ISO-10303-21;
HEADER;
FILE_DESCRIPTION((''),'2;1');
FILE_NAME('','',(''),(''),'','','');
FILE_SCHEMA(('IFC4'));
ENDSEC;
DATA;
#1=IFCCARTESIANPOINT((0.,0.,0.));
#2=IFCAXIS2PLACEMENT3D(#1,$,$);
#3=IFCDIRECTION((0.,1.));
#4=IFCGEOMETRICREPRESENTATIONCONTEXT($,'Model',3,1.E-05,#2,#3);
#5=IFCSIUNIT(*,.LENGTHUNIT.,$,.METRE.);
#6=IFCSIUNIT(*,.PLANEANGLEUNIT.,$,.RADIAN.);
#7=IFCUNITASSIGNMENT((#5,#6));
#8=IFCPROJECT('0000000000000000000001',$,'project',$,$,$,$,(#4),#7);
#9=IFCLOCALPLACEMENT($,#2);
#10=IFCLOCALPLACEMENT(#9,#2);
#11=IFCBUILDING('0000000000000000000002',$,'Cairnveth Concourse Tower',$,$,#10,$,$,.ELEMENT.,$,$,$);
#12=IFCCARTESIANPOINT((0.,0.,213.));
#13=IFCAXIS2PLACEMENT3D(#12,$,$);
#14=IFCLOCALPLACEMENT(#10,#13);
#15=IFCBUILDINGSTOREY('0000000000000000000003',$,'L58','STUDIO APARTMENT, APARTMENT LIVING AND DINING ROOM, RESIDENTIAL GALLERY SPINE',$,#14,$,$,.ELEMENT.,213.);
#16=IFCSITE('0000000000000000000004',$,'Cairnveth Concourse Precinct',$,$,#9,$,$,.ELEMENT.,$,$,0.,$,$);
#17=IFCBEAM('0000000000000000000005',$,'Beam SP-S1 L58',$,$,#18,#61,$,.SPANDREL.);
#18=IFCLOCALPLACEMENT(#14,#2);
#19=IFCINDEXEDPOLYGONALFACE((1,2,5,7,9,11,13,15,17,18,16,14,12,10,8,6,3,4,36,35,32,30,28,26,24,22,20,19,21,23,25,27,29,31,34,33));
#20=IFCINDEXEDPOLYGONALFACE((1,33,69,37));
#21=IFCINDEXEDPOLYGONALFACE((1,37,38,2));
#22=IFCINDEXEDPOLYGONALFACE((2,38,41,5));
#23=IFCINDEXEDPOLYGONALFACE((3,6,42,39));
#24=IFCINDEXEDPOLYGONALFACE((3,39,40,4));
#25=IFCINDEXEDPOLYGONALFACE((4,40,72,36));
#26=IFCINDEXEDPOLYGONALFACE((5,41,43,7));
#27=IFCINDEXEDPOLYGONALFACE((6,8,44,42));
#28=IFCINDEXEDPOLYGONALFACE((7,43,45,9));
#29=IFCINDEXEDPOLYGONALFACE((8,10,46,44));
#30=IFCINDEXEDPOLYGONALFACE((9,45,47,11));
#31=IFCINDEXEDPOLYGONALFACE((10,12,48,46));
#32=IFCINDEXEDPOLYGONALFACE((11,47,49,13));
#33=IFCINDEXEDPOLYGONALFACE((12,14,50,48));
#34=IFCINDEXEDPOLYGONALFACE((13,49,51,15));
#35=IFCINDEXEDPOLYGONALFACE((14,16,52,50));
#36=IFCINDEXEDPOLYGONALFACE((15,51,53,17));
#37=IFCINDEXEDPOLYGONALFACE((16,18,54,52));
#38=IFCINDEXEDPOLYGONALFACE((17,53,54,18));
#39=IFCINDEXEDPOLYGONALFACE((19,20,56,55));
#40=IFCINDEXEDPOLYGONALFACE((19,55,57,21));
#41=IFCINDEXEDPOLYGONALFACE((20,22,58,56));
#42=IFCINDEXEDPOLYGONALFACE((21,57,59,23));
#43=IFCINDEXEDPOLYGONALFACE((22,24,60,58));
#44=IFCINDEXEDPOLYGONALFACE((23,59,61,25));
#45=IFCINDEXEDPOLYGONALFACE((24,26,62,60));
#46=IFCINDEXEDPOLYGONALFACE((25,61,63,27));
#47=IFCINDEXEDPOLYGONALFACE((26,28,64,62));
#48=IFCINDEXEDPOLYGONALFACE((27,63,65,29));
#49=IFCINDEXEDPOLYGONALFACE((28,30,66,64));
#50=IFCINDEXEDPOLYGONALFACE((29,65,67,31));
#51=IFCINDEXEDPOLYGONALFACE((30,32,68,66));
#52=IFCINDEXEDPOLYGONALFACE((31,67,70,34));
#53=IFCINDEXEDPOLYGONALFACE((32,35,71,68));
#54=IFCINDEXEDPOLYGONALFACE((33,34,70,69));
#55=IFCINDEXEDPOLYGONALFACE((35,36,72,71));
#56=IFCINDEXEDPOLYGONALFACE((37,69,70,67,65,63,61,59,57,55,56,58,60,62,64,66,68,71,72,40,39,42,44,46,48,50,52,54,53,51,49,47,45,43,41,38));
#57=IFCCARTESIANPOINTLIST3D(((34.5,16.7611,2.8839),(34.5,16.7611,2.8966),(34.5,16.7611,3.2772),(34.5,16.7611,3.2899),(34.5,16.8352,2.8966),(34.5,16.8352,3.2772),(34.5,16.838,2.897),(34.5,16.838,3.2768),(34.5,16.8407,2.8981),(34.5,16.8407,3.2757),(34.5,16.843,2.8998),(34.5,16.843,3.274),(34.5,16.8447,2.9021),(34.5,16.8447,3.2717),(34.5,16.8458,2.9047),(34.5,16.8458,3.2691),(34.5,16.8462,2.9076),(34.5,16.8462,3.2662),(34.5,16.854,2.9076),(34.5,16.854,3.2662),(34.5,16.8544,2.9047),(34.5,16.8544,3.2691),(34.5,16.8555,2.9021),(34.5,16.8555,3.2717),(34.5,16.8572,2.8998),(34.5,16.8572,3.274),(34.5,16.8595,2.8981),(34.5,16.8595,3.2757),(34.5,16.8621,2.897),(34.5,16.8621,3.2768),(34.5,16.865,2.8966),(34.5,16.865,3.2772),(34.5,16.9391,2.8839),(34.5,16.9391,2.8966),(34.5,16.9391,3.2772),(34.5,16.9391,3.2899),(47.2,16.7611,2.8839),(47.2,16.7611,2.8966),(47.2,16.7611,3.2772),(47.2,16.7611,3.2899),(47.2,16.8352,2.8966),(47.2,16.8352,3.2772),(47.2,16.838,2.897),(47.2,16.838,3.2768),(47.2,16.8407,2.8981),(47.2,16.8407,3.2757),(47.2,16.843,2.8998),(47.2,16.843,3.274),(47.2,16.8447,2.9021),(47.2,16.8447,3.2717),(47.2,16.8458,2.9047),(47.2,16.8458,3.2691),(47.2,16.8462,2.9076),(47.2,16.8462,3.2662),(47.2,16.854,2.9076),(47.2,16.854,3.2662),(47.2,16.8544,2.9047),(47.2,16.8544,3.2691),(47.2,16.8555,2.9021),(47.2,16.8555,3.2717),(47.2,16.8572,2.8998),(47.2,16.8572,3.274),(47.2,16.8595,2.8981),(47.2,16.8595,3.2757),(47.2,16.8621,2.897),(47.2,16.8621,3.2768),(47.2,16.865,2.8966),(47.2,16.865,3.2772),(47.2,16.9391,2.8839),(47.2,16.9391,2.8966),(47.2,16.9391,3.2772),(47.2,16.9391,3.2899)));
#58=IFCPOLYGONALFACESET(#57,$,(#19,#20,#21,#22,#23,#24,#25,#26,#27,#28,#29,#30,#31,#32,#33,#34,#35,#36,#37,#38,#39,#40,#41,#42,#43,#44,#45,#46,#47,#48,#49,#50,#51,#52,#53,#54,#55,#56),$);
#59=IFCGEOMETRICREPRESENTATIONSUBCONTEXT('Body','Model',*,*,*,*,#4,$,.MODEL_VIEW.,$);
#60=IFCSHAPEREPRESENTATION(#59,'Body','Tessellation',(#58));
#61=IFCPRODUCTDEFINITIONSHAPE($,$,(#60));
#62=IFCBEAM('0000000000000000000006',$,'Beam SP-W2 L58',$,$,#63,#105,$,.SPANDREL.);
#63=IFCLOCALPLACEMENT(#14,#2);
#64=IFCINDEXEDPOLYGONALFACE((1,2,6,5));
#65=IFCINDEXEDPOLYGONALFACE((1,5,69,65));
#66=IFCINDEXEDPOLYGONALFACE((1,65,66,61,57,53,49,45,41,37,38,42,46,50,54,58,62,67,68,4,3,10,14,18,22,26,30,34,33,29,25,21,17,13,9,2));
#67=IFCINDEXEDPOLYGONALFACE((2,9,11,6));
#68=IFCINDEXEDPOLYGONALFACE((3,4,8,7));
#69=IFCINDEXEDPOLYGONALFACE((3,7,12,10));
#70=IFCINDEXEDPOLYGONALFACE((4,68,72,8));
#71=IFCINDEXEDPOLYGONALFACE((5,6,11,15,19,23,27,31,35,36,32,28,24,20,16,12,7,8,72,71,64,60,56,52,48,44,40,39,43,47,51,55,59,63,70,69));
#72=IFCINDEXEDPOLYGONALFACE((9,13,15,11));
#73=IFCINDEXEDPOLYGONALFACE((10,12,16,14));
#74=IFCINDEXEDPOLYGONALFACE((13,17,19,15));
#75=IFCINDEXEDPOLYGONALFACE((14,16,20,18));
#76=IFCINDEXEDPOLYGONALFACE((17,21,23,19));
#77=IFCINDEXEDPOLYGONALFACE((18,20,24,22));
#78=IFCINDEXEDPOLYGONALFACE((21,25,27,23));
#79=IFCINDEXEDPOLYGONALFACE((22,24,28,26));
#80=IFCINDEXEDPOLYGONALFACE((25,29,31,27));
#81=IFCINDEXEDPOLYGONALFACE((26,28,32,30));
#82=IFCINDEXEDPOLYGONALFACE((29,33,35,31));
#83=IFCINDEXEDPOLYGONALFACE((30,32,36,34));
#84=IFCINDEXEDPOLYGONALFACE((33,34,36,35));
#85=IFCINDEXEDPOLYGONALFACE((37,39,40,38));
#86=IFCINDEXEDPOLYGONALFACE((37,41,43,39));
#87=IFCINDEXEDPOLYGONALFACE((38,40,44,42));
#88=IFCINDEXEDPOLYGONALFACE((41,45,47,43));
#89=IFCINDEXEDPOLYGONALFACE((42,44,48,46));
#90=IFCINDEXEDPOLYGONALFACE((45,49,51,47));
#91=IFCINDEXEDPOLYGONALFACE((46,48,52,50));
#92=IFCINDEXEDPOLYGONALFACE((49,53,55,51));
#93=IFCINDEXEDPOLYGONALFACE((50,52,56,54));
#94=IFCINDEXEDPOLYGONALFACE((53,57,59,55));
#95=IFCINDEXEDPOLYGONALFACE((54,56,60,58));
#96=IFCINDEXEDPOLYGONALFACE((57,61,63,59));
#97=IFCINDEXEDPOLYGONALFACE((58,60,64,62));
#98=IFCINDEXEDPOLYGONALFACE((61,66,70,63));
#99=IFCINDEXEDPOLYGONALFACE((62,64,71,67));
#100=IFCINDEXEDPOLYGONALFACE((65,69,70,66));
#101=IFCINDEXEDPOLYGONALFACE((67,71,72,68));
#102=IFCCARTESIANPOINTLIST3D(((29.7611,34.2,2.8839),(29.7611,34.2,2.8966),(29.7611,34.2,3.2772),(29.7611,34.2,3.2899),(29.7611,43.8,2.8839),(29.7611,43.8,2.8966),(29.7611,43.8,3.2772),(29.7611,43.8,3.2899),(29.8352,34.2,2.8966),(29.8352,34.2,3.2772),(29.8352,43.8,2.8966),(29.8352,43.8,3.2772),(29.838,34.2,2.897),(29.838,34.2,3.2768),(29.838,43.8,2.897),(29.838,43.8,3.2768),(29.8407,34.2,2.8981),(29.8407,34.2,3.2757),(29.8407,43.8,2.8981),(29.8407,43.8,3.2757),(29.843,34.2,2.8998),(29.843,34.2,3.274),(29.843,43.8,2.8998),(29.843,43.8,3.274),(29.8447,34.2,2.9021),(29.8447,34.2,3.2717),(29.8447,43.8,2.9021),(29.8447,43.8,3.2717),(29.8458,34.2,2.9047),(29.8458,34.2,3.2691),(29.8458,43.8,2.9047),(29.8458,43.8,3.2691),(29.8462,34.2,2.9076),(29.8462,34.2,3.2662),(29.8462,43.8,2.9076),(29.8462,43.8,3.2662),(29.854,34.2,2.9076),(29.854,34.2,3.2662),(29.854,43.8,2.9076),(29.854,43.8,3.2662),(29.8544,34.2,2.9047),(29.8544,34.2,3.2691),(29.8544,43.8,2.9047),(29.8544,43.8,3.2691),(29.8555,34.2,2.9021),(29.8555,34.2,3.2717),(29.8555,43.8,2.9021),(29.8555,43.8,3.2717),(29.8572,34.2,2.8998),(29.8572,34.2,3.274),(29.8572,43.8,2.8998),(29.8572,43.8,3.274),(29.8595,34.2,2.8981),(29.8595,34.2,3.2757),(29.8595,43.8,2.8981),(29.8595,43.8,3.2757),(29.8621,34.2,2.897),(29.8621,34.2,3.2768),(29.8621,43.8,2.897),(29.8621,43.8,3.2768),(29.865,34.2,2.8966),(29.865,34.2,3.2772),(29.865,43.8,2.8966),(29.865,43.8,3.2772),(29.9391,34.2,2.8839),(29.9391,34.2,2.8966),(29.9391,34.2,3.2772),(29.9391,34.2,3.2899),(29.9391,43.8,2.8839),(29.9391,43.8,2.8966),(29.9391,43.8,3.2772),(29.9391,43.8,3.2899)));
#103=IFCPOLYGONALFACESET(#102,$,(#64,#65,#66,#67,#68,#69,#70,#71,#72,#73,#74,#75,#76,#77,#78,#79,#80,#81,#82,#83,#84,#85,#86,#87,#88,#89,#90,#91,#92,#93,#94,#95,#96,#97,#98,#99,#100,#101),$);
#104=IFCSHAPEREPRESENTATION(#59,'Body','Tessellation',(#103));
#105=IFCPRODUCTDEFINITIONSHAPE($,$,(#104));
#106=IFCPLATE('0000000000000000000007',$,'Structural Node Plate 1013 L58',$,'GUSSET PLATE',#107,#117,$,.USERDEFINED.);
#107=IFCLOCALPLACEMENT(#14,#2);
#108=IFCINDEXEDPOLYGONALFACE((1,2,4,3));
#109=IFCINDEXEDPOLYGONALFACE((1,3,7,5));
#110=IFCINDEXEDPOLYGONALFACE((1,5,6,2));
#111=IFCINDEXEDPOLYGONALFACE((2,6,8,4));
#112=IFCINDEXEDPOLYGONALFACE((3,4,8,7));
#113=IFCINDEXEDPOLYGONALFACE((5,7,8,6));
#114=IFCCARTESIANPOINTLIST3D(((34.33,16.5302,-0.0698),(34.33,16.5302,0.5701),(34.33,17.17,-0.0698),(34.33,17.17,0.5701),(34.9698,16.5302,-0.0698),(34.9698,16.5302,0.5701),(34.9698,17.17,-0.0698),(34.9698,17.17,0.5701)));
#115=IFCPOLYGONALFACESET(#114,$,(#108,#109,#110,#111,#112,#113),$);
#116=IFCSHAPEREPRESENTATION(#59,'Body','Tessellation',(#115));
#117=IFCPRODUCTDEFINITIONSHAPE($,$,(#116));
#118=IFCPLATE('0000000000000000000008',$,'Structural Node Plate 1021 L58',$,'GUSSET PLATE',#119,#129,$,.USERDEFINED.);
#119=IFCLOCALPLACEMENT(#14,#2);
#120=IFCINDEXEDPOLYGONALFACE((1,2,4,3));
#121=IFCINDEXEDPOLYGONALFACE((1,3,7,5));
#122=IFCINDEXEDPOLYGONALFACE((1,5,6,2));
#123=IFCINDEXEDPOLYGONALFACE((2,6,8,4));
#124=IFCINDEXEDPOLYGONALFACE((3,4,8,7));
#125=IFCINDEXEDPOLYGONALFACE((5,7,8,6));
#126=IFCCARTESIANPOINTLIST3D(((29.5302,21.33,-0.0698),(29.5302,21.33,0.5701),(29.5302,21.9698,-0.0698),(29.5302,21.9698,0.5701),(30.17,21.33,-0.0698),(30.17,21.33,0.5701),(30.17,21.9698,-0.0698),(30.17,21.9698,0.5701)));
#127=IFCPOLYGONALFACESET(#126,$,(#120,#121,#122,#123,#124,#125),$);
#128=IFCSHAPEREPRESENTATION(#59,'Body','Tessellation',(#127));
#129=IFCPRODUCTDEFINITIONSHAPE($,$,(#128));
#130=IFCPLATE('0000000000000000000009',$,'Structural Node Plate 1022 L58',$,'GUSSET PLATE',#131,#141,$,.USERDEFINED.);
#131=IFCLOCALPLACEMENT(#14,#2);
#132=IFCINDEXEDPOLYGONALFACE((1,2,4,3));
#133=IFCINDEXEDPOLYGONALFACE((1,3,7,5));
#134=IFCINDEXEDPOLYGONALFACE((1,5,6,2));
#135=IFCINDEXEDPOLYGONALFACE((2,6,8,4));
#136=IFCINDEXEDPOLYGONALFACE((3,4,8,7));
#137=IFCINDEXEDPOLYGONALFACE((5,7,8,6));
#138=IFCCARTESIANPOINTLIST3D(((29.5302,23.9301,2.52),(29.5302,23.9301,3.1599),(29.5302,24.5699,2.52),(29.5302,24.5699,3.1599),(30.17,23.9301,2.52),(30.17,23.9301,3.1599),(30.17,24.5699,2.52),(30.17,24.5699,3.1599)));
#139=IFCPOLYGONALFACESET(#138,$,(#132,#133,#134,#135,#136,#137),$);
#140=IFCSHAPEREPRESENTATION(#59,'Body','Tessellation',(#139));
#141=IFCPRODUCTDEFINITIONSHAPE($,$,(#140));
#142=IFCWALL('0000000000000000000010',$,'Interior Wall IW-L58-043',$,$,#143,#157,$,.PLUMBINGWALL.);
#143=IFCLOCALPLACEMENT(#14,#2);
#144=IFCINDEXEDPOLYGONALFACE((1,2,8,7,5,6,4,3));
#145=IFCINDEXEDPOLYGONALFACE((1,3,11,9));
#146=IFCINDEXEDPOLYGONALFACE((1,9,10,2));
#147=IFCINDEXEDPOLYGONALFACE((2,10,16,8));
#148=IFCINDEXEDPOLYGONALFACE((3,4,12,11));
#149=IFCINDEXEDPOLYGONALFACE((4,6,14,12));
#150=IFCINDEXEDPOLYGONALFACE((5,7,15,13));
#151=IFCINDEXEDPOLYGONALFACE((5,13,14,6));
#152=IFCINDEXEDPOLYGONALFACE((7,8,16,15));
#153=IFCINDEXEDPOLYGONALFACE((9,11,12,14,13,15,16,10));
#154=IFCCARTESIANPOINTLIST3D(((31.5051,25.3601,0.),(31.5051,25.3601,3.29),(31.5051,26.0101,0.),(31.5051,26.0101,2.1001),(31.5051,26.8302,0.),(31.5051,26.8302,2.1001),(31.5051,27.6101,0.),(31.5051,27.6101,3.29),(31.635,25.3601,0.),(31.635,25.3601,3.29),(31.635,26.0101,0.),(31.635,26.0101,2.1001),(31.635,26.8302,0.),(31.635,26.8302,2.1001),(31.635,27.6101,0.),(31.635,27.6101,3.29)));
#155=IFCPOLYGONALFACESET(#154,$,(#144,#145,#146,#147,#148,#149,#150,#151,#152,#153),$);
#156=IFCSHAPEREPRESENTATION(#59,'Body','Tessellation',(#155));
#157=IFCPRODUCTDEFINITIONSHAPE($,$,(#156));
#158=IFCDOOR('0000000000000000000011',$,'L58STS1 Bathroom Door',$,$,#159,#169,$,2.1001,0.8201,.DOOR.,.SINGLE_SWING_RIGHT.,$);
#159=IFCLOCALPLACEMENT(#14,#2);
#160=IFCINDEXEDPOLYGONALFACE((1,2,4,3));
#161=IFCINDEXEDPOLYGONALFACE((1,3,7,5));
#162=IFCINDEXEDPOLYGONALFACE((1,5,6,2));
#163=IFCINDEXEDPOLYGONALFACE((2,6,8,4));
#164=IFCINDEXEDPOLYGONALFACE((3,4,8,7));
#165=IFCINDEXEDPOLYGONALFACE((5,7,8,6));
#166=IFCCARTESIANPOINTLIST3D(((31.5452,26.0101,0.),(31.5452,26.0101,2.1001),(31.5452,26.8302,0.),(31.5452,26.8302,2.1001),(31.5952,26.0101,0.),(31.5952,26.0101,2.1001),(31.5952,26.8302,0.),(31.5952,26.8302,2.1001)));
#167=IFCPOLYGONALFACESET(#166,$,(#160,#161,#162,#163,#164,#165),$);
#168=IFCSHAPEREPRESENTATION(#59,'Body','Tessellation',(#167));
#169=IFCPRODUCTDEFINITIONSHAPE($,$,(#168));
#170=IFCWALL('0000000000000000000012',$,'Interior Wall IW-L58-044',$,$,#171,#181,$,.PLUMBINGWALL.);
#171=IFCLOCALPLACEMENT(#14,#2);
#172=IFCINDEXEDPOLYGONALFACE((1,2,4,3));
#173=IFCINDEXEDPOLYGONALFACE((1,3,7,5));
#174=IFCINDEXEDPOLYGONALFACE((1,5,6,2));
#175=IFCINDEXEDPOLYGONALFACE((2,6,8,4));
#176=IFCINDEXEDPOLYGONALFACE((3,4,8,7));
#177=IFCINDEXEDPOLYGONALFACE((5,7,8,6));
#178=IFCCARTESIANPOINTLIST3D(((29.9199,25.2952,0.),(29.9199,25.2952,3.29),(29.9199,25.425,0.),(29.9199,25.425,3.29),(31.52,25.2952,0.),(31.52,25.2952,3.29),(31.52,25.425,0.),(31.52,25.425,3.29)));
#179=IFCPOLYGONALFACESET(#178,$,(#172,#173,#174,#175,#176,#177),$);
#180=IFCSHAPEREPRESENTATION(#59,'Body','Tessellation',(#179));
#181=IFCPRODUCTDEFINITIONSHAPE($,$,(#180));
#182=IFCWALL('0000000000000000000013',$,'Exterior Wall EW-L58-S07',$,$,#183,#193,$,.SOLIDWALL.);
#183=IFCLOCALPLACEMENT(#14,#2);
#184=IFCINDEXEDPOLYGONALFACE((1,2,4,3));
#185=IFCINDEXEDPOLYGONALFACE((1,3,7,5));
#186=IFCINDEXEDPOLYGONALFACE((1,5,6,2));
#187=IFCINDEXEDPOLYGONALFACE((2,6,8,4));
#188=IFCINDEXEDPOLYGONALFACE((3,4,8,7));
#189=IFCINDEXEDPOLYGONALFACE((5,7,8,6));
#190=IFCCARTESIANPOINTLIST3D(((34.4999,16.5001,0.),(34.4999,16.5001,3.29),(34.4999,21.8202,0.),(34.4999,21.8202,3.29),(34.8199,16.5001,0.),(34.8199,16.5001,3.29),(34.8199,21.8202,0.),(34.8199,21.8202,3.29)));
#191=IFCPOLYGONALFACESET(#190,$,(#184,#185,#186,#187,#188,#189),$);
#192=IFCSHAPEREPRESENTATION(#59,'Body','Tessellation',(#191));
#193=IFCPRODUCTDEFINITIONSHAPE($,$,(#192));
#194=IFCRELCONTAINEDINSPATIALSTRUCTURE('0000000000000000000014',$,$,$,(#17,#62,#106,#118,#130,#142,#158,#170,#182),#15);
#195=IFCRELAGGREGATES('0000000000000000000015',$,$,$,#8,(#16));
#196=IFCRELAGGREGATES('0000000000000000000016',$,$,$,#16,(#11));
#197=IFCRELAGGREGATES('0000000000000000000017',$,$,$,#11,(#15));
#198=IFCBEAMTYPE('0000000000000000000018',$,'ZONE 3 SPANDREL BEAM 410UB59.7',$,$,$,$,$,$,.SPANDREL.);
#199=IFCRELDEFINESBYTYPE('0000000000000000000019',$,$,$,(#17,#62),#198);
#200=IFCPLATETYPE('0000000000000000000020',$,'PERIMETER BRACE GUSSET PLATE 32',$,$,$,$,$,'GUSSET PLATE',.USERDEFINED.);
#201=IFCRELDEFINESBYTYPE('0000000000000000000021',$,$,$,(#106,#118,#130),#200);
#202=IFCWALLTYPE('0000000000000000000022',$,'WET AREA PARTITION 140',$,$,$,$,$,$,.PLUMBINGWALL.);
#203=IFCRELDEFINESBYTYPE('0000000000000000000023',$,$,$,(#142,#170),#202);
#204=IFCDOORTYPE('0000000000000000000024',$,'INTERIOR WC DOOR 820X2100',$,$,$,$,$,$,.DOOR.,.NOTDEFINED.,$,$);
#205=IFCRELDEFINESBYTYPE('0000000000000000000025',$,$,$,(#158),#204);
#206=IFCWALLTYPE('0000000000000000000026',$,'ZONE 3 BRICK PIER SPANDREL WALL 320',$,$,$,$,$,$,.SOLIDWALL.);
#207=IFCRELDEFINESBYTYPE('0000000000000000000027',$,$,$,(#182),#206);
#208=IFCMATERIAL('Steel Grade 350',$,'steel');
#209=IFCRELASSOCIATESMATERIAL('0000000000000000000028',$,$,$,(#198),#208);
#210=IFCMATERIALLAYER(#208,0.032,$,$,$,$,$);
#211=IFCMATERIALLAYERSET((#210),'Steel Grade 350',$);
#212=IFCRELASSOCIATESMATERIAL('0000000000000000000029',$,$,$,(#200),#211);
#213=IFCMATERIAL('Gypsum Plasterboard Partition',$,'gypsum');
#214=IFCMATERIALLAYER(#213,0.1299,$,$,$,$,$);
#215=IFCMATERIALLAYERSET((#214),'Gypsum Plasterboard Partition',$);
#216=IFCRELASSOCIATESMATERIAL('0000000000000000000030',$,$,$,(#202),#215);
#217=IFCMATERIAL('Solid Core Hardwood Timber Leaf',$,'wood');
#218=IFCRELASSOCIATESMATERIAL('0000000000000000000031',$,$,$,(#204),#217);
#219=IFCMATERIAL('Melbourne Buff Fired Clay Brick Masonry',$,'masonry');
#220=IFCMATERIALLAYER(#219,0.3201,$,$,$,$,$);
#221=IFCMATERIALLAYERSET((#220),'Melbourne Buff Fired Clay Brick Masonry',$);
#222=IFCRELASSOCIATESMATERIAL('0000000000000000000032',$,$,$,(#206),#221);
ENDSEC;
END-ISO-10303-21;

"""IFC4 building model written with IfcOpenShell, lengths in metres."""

from ifc_helpers import new_model, si_unit, direction, frame, frame_2d, origin, origin_2d, place, context, subcontext, project, spatial, rectangle, i_section, extrude, material, layer, layer_set, material_profile, profile_set, type_object, element, fill, save


model = new_model("IFC4")

# Units and contexts
model_context = context("Model", 3, precision=1e-05, world=origin(), true_north=direction((0.0, 1.0)))
body_context = subcontext(model_context, "Body", "Model", "MODEL_VIEW")
ifc_project = project(units=[si_unit("LENGTHUNIT", "METRE"), si_unit("PLANEANGLEUNIT", "RADIAN")], contexts=[model_context])

# Site, building, storey
site_placement = place(None, origin())
site = spatial("IfcSite", under=ifc_project, at=site_placement, Name="Cairnveth Concourse Precinct", CompositionType="ELEMENT", RefElevation=0.0)
building_placement = place(site_placement, origin())
building = spatial("IfcBuilding", under=site, at=building_placement, Name="Cairnveth Concourse Tower", CompositionType="ELEMENT")
storey_placement = place(building_placement, frame((0.0, 0.0, 213.0)))
storey = spatial("IfcBuildingStorey", under=building, at=storey_placement, Name="L58", Description="STUDIO APARTMENT, APARTMENT LIVING AND DINING ROOM, RESIDENTIAL GALLERY SPINE", CompositionType="ELEMENT", Elevation=213.0)

# Shared definitions
ifc_material_1 = material(Name="Steel Grade 350", Category="steel")

# Beams
ifc_material_profile_1 = material_profile(ifc_material_1, i_section(OverallWidth=0.178, OverallDepth=0.406, WebThickness=0.0078, FlangeThickness=0.0127, FilletRadius=0.011, at=origin_2d()), Name="410UB59.7")
ifc_profile_set_1 = profile_set([ifc_material_profile_1], Name="Steel Grade 350")
beam_type_1 = type_object("IfcBeamType", Name="ZONE 3 SPANDREL BEAM 410UB59.7", PredefinedType="SPANDREL", material=ifc_profile_set_1)
beam_1_placement = place(storey_placement, frame((34.5, 16.8501, 3.0869), z_axis=(1.0, 0.0, 0.0), x_axis=(0.0, 1.0, 0.0)))
element("IfcBeam", 1, at=beam_1_placement, inside=storey, type_object=beam_type_1, Name="Beam SP-S1 L58", PredefinedType="SPANDREL", context=body_context, shape_type="SweptSolid", body=[
    extrude(i_section(OverallWidth=0.178, OverallDepth=0.406, WebThickness=0.0078, FlangeThickness=0.0127, FilletRadius=0.011, at=origin_2d()), origin(), (0.0, 0.0, 1.0), 12.7),
])
beam_2_placement = place(storey_placement, frame((29.8501, 34.2, 3.0869), z_axis=(0.0, 1.0, 0.0), x_axis=(-1.0, 0.0, 0.0)))
element("IfcBeam", 2, at=beam_2_placement, inside=storey, type_object=beam_type_1, Name="Beam SP-W2 L58", PredefinedType="SPANDREL", context=body_context, shape_type="SweptSolid", body=[
    extrude(i_section(OverallWidth=0.178, OverallDepth=0.406, WebThickness=0.0078, FlangeThickness=0.0127, FilletRadius=0.011, at=origin_2d()), origin(), (0.0, 0.0, 1.0), 9.6001),
])

# Plates
ifc_layer_1 = layer(ifc_material_1, 0.032)
ifc_layer_set_1 = layer_set([ifc_layer_1], Name="Steel Grade 350")
plate_type = type_object("IfcPlateType", Name="PERIMETER BRACE GUSSET PLATE 32", ElementType="GUSSET PLATE", PredefinedType="USERDEFINED", material=ifc_layer_set_1)
for number, where, z_axis, x_axis, name in (
    (3, (34.6499, 16.8501, -0.0698), (0.0, 0.0, 1.0), (1.0, 0.0, 0.0), "Structural Node Plate 1013 L58"),
    (4, (29.8501, 21.6499, -0.0698), (0.0, 0.0, 1.0), (1.0, 0.0, 0.0), "Structural Node Plate 1021 L58"),
    (5, (29.8501, 24.25, 2.52), (0.0, 0.0, 1.0), (1.0, 0.0, 0.0), "Structural Node Plate 1022 L58"),
):
    element("IfcPlate", number, at=place(storey_placement, frame(where, z_axis=z_axis, x_axis=x_axis)), inside=storey, type_object=plate_type, Name=name, ObjectType="GUSSET PLATE", PredefinedType="USERDEFINED", context=body_context, shape_type="SweptSolid", body=[
        extrude(rectangle(XDim=0.6399, YDim=0.6399, at=origin_2d()), origin(), (0.0, 0.0, 1.0), 0.6399),
    ])

# Wall, opening, door
ifc_material_2 = material(Name="Gypsum Plasterboard Partition", Category="gypsum")
ifc_layer_2 = layer(ifc_material_2, 0.1299)
ifc_layer_set_2 = layer_set([ifc_layer_2], Name="Gypsum Plasterboard Partition")
wall_type_1 = type_object("IfcWallType", Name="WET AREA PARTITION 140", PredefinedType="PLUMBINGWALL", material=ifc_layer_set_2)
wall_1_placement = place(storey_placement, frame((31.5701, 25.3601, 0.0), z_axis=(0.0, 0.0, 1.0), x_axis=(0.0, 1.0, 0.0)))
wall_1 = element("IfcWall", 6, at=wall_1_placement, inside=storey, type_object=wall_type_1, Name="Interior Wall IW-L58-043", PredefinedType="PLUMBINGWALL", context=body_context, shape_type="SweptSolid", body=[
    extrude(rectangle(XDim=2.25, YDim=0.1299, at=frame_2d((1.125, 0.0))), origin(), (0.0, 0.0, 1.0), 3.29),
])
opening_placement = place(wall_1_placement, frame((0.6499, 0.0, 0.0)))
opening = element("IfcOpeningElement", 7, at=opening_placement, cuts=wall_1, PredefinedType="OPENING", context=body_context, shape_type="SweptSolid", body=[
    extrude(rectangle(XDim=0.8201, YDim=2.1001, at=frame_2d((0.4102, 1.05))), frame((0.0, 0.075, 0.0), z_axis=(0.0, -1.0, 0.0), x_axis=(1.0, 0.0, 0.0)), (0.0, 0.0, 1.0), 0.1499),
])
ifc_material_3 = material(Name="Solid Core Hardwood Timber Leaf", Category="wood")
door_type = type_object("IfcDoorType", Name="INTERIOR WC DOOR 820X2100", OperationType="NOTDEFINED", PredefinedType="DOOR", material=ifc_material_3)
door_placement = place(opening_placement, origin())
door = element("IfcDoor", 8, at=door_placement, inside=storey, type_object=door_type, Name="L58STS1 Bathroom Door", OperationType="SINGLE_SWING_RIGHT", OverallHeight=2.1001, OverallWidth=0.8201, PredefinedType="DOOR", context=body_context, shape_type="SweptSolid", body=[
    extrude(rectangle(XDim=0.8201, YDim=2.1001, at=frame_2d((0.4102, 1.05))), frame((0.0, 0.0249, 0.0), z_axis=(0.0, -1.0, 0.0), x_axis=(1.0, 0.0, 0.0)), (0.0, 0.0, 1.0), 0.05),
])
fill(opening, door)

# Walls
wall_2_placement = place(storey_placement, frame((29.9199, 25.3601, 0.0), z_axis=(0.0, 0.0, 1.0), x_axis=(1.0, 0.0, 0.0)))
element("IfcWall", 9, at=wall_2_placement, inside=storey, type_object=wall_type_1, Name="Interior Wall IW-L58-044", PredefinedType="PLUMBINGWALL", context=body_context, shape_type="SweptSolid", body=[
    extrude(rectangle(XDim=1.6001, YDim=0.1299, at=frame_2d((0.8, 0.0))), origin(), (0.0, 0.0, 1.0), 3.29),
])
ifc_material_4 = material(Name="Melbourne Buff Fired Clay Brick Masonry", Category="masonry")
ifc_layer_3 = layer(ifc_material_4, 0.3201)
ifc_layer_set_3 = layer_set([ifc_layer_3], Name="Melbourne Buff Fired Clay Brick Masonry")
wall_type_2 = type_object("IfcWallType", Name="ZONE 3 BRICK PIER SPANDREL WALL 320", PredefinedType="SOLIDWALL", material=ifc_layer_set_3)
wall_3_placement = place(storey_placement, frame((34.6599, 16.5, 0.0), z_axis=(0.0, 0.0, 1.0), x_axis=(0.0, 1.0, 0.0)))
element("IfcWall", 10, at=wall_3_placement, inside=storey, type_object=wall_type_2, Name="Exterior Wall EW-L58-S07", PredefinedType="SOLIDWALL", context=body_context, shape_type="SweptSolid", body=[
    extrude(rectangle(XDim=5.3201, YDim=0.3201, at=frame_2d((2.6602, 0.0))), origin(), (0.0, 0.0, 1.0), 3.29),
])

save(model, "model.ifc")
